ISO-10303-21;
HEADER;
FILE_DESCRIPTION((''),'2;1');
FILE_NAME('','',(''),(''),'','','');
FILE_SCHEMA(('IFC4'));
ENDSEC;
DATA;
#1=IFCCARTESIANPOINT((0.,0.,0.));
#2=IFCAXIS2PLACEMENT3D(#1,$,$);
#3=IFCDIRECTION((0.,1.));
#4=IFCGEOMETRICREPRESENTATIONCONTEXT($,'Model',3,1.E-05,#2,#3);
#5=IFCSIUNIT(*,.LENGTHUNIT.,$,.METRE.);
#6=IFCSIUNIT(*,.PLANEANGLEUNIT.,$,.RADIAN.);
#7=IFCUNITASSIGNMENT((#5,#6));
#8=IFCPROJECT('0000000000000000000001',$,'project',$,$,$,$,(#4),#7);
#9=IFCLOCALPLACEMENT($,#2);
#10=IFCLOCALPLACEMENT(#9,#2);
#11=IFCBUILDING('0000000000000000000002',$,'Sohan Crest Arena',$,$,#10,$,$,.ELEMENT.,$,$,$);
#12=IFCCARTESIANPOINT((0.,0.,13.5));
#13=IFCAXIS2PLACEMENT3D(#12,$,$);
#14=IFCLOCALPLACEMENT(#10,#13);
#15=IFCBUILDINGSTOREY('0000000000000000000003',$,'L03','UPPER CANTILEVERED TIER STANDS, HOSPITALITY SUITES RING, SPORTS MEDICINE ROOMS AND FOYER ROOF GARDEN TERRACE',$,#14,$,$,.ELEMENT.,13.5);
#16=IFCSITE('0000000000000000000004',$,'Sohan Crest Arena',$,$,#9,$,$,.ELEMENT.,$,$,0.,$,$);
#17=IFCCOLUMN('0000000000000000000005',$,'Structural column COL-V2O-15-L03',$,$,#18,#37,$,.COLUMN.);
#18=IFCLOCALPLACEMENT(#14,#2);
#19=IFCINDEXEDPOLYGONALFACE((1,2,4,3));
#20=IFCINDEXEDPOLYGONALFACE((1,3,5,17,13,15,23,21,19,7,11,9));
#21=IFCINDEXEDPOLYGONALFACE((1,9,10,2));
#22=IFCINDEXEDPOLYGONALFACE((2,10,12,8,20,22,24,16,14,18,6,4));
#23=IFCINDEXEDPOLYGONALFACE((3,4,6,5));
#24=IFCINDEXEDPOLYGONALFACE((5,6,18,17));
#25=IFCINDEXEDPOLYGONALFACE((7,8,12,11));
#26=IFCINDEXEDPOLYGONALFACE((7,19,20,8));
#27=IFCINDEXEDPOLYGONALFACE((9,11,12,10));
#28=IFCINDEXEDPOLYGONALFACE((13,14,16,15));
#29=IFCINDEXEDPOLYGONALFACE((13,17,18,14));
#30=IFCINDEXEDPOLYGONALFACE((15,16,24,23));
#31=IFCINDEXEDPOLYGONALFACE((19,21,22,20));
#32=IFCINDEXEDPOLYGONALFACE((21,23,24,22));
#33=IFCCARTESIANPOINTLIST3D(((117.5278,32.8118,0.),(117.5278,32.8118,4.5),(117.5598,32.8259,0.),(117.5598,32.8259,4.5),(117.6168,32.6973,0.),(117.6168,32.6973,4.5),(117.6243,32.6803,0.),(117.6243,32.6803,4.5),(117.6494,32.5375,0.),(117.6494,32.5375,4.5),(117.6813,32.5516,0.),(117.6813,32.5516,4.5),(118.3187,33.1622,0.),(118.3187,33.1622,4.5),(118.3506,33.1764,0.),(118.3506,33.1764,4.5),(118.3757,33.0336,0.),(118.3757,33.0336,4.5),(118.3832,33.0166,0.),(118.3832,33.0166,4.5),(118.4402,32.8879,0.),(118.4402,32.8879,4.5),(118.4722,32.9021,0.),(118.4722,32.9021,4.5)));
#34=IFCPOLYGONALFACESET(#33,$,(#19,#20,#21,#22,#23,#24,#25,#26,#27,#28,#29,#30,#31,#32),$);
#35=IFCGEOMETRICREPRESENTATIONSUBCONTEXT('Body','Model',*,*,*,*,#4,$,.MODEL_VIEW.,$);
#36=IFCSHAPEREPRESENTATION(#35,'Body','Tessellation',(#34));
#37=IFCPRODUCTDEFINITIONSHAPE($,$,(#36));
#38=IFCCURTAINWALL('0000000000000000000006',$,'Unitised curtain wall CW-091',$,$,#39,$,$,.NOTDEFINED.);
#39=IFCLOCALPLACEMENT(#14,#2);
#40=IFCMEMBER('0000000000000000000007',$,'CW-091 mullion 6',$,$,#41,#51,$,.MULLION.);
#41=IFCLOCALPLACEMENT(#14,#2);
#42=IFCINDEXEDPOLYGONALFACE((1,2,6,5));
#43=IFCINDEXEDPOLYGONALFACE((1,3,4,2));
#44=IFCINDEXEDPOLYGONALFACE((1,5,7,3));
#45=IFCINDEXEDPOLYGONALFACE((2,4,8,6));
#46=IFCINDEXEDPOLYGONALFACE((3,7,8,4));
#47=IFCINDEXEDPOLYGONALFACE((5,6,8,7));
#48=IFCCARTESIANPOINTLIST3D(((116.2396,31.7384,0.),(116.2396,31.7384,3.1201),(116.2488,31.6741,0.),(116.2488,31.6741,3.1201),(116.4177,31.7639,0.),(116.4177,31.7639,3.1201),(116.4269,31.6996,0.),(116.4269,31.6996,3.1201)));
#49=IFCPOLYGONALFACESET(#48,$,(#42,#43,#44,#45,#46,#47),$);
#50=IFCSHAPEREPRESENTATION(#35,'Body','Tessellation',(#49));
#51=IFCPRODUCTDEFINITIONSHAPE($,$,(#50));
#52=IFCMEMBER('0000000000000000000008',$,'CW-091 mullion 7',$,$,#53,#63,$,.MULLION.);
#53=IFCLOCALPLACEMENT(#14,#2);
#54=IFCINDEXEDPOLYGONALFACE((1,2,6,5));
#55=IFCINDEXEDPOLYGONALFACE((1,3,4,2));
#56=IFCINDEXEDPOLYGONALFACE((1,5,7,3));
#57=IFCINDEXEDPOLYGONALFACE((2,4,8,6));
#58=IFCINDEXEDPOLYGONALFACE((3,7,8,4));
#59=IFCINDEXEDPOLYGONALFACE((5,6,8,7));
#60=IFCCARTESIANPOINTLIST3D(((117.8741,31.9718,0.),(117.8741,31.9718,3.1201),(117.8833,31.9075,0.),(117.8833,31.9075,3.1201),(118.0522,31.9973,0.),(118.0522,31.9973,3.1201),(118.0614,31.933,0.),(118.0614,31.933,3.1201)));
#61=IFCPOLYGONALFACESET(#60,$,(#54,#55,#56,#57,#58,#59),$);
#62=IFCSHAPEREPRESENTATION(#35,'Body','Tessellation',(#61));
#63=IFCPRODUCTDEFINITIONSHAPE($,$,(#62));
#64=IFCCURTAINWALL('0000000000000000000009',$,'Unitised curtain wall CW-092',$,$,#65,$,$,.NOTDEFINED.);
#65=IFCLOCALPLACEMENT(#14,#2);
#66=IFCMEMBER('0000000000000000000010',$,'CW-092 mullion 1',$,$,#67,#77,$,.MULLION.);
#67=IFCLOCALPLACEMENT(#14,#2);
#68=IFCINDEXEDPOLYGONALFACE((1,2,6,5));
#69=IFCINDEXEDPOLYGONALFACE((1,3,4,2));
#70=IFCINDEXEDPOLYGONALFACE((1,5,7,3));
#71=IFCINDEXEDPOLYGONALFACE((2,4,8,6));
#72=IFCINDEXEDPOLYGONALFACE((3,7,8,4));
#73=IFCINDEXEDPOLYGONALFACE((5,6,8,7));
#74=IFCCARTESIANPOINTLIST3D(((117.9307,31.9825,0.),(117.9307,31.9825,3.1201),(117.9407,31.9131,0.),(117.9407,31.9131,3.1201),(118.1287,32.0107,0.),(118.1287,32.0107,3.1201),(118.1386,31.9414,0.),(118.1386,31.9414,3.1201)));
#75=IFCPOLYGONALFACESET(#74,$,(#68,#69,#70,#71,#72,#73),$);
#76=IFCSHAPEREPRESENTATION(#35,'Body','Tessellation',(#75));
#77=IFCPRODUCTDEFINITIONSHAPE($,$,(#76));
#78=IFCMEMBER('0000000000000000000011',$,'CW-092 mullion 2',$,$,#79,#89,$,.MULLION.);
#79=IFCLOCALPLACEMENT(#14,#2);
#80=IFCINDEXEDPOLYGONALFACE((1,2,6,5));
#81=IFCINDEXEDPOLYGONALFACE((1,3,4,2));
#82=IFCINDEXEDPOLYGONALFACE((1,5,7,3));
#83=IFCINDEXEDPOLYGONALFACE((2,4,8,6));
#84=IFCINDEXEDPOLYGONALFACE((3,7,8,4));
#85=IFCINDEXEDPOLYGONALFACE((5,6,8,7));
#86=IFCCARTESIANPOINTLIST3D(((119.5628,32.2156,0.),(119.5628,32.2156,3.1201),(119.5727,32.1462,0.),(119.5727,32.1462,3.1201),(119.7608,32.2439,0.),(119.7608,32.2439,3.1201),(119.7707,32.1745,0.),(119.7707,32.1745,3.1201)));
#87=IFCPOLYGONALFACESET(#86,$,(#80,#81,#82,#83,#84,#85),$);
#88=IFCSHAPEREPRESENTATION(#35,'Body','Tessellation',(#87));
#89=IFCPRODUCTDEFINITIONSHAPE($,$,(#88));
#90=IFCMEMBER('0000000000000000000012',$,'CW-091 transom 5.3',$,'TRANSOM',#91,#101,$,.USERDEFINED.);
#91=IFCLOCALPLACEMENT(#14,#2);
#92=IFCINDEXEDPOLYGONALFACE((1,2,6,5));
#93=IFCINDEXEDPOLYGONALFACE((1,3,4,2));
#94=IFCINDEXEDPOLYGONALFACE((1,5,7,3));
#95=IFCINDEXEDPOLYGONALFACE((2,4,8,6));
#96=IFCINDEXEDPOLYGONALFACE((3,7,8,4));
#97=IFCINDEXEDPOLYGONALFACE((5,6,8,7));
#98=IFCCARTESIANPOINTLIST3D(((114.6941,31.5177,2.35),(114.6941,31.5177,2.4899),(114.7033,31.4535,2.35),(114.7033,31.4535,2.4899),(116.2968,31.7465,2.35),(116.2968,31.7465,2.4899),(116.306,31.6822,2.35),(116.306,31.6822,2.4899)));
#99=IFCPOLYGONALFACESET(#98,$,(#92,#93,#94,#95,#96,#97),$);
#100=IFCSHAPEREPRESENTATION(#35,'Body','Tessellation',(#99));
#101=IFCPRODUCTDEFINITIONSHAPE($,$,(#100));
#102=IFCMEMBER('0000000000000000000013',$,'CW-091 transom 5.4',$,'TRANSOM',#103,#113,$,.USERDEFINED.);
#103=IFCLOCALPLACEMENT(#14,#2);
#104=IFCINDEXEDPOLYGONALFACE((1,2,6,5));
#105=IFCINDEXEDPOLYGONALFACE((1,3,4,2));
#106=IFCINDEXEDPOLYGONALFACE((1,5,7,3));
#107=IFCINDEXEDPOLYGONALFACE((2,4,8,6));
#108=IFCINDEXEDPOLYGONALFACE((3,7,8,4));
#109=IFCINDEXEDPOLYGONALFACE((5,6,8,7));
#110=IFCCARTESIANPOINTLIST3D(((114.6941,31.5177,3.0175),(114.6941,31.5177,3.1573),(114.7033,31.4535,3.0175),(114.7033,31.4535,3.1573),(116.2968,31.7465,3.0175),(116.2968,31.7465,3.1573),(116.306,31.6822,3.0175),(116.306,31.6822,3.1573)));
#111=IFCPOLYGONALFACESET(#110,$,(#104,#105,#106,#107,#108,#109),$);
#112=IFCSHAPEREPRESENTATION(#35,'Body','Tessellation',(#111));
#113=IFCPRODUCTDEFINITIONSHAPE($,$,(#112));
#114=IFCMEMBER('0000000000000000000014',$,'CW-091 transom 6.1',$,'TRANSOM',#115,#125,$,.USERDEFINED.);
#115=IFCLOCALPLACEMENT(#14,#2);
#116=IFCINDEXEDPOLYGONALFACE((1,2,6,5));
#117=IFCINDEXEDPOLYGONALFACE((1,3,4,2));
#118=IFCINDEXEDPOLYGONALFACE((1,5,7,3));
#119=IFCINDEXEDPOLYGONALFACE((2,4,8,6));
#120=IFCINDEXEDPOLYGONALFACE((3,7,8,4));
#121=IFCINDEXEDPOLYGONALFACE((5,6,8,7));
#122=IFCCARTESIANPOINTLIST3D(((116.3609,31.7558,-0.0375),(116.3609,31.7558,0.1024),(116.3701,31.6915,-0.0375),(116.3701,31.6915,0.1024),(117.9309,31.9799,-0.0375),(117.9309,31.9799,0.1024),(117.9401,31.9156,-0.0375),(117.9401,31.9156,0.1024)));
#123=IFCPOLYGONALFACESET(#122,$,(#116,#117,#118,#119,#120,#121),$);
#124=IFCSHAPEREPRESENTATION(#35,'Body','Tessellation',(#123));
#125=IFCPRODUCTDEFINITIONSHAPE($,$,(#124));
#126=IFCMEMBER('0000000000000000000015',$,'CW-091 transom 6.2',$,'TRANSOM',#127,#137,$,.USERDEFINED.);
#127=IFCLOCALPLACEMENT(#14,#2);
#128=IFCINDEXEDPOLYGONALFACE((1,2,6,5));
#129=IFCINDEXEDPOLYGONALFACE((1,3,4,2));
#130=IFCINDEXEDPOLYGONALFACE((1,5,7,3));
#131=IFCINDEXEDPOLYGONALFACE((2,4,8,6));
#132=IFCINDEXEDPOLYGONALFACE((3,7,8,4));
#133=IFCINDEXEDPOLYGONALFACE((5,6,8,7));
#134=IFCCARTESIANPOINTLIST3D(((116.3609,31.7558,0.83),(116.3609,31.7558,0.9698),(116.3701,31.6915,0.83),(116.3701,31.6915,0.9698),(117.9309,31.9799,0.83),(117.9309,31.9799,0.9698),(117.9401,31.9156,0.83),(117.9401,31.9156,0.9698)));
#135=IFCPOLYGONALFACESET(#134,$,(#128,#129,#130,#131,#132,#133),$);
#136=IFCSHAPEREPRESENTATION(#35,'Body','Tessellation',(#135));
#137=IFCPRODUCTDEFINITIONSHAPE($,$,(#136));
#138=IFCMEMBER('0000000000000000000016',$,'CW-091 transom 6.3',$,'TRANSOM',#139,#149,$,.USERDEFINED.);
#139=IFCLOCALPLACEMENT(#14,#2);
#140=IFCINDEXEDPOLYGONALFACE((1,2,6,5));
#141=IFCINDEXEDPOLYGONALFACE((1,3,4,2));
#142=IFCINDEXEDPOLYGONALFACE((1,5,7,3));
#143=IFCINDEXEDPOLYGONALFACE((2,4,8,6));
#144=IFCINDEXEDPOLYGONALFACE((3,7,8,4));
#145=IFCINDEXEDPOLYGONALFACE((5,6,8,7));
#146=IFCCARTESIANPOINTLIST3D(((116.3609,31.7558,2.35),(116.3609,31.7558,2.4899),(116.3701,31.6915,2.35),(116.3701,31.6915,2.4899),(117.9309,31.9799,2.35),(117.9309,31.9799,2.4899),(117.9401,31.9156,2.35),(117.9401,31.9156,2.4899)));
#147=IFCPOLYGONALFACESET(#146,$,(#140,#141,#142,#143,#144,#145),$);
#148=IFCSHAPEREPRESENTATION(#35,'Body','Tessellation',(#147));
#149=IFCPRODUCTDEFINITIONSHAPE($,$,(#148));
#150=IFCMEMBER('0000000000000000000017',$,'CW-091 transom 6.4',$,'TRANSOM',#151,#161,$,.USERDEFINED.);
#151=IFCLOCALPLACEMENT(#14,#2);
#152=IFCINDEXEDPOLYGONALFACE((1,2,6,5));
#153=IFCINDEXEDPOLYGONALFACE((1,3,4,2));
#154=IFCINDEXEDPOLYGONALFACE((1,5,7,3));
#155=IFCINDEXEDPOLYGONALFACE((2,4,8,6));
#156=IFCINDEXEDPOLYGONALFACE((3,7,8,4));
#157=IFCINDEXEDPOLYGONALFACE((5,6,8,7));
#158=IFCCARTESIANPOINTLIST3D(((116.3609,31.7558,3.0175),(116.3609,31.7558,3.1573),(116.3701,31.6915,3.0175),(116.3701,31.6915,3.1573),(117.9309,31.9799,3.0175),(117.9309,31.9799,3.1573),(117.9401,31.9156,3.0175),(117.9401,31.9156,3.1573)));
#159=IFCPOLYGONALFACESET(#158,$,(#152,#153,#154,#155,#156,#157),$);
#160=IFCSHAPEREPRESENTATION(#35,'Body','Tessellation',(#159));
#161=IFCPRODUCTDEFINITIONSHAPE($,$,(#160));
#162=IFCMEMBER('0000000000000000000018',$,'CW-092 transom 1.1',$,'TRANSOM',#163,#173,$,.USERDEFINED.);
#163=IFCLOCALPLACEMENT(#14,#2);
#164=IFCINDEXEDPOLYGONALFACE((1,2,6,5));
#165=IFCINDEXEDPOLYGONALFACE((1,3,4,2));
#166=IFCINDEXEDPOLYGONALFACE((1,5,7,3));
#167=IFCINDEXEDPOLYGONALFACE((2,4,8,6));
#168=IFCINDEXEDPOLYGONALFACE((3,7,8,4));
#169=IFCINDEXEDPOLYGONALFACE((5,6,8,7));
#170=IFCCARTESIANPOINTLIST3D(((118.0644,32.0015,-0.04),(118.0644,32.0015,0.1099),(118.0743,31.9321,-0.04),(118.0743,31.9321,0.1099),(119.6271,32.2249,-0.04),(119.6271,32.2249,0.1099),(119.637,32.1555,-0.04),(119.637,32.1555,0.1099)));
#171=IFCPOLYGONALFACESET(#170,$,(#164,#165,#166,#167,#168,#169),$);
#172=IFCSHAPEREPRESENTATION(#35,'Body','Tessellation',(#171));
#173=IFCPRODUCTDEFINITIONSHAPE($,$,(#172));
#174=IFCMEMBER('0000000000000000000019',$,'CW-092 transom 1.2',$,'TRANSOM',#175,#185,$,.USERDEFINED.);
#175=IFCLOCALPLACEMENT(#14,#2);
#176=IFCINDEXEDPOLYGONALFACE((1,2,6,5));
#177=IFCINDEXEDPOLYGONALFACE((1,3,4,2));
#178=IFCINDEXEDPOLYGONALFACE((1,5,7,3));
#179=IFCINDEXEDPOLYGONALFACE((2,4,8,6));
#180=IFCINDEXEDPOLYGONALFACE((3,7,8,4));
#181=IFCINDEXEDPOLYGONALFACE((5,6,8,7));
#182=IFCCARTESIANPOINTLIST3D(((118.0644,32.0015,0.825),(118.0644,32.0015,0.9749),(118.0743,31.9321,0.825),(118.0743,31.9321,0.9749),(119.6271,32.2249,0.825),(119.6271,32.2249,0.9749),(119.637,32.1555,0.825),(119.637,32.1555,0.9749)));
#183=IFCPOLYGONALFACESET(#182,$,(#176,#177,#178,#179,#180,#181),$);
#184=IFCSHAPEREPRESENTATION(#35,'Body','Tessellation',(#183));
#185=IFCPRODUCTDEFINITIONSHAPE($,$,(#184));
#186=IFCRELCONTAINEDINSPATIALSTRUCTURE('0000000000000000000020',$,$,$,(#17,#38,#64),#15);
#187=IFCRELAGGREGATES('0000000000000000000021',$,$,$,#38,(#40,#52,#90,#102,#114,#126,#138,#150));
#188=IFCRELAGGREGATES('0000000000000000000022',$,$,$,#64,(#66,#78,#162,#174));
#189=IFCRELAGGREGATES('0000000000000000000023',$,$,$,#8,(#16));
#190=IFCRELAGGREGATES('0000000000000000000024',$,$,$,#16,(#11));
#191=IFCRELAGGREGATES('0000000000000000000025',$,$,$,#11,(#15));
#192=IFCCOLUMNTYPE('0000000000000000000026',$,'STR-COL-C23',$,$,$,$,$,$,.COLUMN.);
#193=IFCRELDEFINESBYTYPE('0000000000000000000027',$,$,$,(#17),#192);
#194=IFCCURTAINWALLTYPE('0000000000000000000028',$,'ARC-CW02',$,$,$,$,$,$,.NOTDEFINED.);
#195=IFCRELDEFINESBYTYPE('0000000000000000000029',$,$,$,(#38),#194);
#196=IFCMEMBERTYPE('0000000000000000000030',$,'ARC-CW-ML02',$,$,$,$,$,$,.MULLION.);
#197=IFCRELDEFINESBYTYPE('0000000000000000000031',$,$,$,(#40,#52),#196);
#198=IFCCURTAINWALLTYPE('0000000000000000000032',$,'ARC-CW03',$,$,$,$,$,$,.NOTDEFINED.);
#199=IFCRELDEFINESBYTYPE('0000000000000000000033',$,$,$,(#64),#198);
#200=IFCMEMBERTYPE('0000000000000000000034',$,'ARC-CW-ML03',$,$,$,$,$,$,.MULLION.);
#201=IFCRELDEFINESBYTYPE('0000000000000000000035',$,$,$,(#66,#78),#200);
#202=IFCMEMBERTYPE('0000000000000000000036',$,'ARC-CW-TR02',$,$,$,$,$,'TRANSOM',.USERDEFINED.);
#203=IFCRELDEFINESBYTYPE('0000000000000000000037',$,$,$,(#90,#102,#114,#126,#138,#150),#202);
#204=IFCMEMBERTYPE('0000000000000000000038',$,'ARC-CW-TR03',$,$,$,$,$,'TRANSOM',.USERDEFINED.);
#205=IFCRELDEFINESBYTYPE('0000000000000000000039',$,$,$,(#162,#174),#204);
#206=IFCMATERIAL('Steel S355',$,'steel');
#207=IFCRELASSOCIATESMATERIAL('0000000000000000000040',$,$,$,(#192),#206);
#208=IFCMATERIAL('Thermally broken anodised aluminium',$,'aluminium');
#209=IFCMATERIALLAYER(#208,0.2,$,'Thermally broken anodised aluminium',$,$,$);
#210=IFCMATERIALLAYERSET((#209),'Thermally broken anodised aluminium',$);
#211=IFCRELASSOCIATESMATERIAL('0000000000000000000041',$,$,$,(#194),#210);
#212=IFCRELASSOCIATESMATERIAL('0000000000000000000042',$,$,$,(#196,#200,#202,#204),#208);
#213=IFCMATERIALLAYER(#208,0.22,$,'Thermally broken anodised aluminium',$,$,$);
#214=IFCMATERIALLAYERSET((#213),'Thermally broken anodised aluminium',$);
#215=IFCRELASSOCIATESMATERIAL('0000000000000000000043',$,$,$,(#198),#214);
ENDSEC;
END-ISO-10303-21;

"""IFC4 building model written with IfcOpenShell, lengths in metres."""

from ifc_helpers import new_model, si_unit, direction, frame, origin, origin_2d, place, context, subcontext, project, spatial, rectangle, i_section, extrude, material, layer, layer_set, material_profile, profile_set, type_object, element, aggregate, save


model = new_model("IFC4")

# Units and contexts
model_context = context("Model", 3, precision=1e-05, world=origin(), true_north=direction((0.0, 1.0)))
body_context = subcontext(model_context, "Body", "Model", "MODEL_VIEW")
ifc_project = project(units=[si_unit("LENGTHUNIT", "METRE"), si_unit("PLANEANGLEUNIT", "RADIAN")], contexts=[model_context])

# Site, building, storey
site_placement = place(None, origin())
site = spatial("IfcSite", under=ifc_project, at=site_placement, Name="Sohan Crest Arena", CompositionType="ELEMENT", RefElevation=0.0)
building_placement = place(site_placement, origin())
building = spatial("IfcBuilding", under=site, at=building_placement, Name="Sohan Crest Arena", CompositionType="ELEMENT")
storey_placement = place(building_placement, frame((0.0, 0.0, 13.5)))
storey = spatial("IfcBuildingStorey", under=building, at=storey_placement, Name="L03", Description="UPPER CANTILEVERED TIER STANDS, HOSPITALITY SUITES RING, SPORTS MEDICINE ROOMS AND FOYER ROOF GARDEN TERRACE", CompositionType="ELEMENT", Elevation=13.5)

# Column
ifc_material_1 = material(Name="Steel S355", Category="steel")
ifc_material_profile_1 = material_profile(ifc_material_1, i_section(OverallWidth=0.3, OverallDepth=0.8999, WebThickness=0.0186, FlangeThickness=0.0349, at=origin_2d()), Name="HEB 900")
ifc_profile_set_1 = profile_set([ifc_material_profile_1], Name="Steel S355")
column_type = type_object("IfcColumnType", Name="STR-COL-C23", PredefinedType="COLUMN", material=ifc_profile_set_1)
column_placement = place(storey_placement, frame((118.0, 32.8569, 0.0), z_axis=(0.0, 0.0, 1.0), x_axis=(-0.405142, 0.914254, 0.0)))
element("IfcColumn", 1, at=column_placement, inside=storey, type_object=column_type, Name="Structural column COL-V2O-15-L03", PredefinedType="COLUMN", context=body_context, shape_type="SweptSolid", body=[
    extrude(i_section(OverallWidth=0.3, OverallDepth=0.8999, WebThickness=0.0186, FlangeThickness=0.0349, at=origin_2d()), origin(), (0.0, 0.0, 1.0), 4.5),
])

# Curtain walls, members
ifc_material_2 = material(Name="Thermally broken anodised aluminium", Category="aluminium")
ifc_layer_1 = layer(ifc_material_2, 0.2, Name="Thermally broken anodised aluminium")
ifc_layer_set_1 = layer_set([ifc_layer_1], Name="Thermally broken anodised aluminium")
curtain_wall_type_1 = type_object("IfcCurtainWallType", Name="ARC-CW02", PredefinedType="NOTDEFINED", material=ifc_layer_set_1)
curtain_wall_1_placement = place(storey_placement, origin())
curtain_wall_1 = element("IfcCurtainWall", 2, at=curtain_wall_1_placement, inside=storey, type_object=curtain_wall_type_1, Name="Unitised curtain wall CW-091", PredefinedType="NOTDEFINED")
ifc_material_profile_2 = material_profile(ifc_material_2, rectangle(XDim=0.0649, YDim=0.1799, at=origin_2d()), Name="ALU-MULL 65x180")
ifc_profile_set_2 = profile_set([ifc_material_profile_2], Name="Thermally broken anodised aluminium")
member_type_1 = type_object("IfcMemberType", Name="ARC-CW-ML02", PredefinedType="MULLION", material=ifc_profile_set_2)
member_1_placement = place(storey_placement, frame((116.3333, 31.719, 0.0), z_axis=(0.0, 0.0, 1.0), x_axis=(-0.141366, 0.989957, 0.0)))
member_1 = element("IfcMember", 3, at=member_1_placement, type_object=member_type_1, Name="CW-091 mullion 6", PredefinedType="MULLION", context=body_context, shape_type="SweptSolid", body=[
    extrude(rectangle(XDim=0.0649, YDim=0.1799, at=origin_2d()), origin(), (0.0, 0.0, 1.0), 3.1201),
])
member_2_placement = place(storey_placement, frame((117.9678, 31.9524, 0.0), z_axis=(0.0, 0.0, 1.0), x_axis=(-0.141366, 0.989957, 0.0)))
member_2 = element("IfcMember", 4, at=member_2_placement, type_object=member_type_1, Name="CW-091 mullion 7", PredefinedType="MULLION", context=body_context, shape_type="SweptSolid", body=[
    extrude(rectangle(XDim=0.0649, YDim=0.1799, at=origin_2d()), origin(), (0.0, 0.0, 1.0), 3.1201),
])
ifc_layer_2 = layer(ifc_material_2, 0.22, Name="Thermally broken anodised aluminium")
ifc_layer_set_2 = layer_set([ifc_layer_2], Name="Thermally broken anodised aluminium")
curtain_wall_type_2 = type_object("IfcCurtainWallType", Name="ARC-CW03", PredefinedType="NOTDEFINED", material=ifc_layer_set_2)
curtain_wall_2_placement = place(storey_placement, origin())
curtain_wall_2 = element("IfcCurtainWall", 5, at=curtain_wall_2_placement, inside=storey, type_object=curtain_wall_type_2, Name="Unitised curtain wall CW-092", PredefinedType="NOTDEFINED")
ifc_material_profile_3 = material_profile(ifc_material_2, rectangle(XDim=0.0701, YDim=0.2, at=origin_2d()), Name="ALU-MULL 70x200")
ifc_profile_set_3 = profile_set([ifc_material_profile_3], Name="Thermally broken anodised aluminium")
member_type_2 = type_object("IfcMemberType", Name="ARC-CW-ML03", PredefinedType="MULLION", material=ifc_profile_set_3)
member_3_placement = place(storey_placement, frame((118.0347, 31.9619, 0.0), z_axis=(0.0, 0.0, 1.0), x_axis=(-0.141463, 0.989944, 0.0)))
member_3 = element("IfcMember", 6, at=member_3_placement, type_object=member_type_2, Name="CW-092 mullion 1", PredefinedType="MULLION", context=body_context, shape_type="SweptSolid", body=[
    extrude(rectangle(XDim=0.0701, YDim=0.2, at=origin_2d()), origin(), (0.0, 0.0, 1.0), 3.1201),
])
member_4_placement = place(storey_placement, frame((119.6667, 32.1951, 0.0), z_axis=(0.0, 0.0, 1.0), x_axis=(-0.141463, 0.989944, 0.0)))
member_4 = element("IfcMember", 7, at=member_4_placement, type_object=member_type_2, Name="CW-092 mullion 2", PredefinedType="MULLION", context=body_context, shape_type="SweptSolid", body=[
    extrude(rectangle(XDim=0.0701, YDim=0.2, at=origin_2d()), origin(), (0.0, 0.0, 1.0), 3.1201),
])

# Members
ifc_material_profile_4 = material_profile(ifc_material_2, rectangle(XDim=0.0649, YDim=0.1399, at=origin_2d()), Name="ALU-TRAN 65x140")
ifc_profile_set_4 = profile_set([ifc_material_profile_4], Name="Thermally broken anodised aluminium")
member_type_3 = type_object("IfcMemberType", Name="ARC-CW-TR02", ElementType="TRANSOM", PredefinedType="USERDEFINED", material=ifc_profile_set_4)
member_5_placement = place(storey_placement, frame((114.6987, 31.4856, 2.4199), z_axis=(0.989965, 0.141316, 0.0), x_axis=(-0.141316, 0.989965, 0.0)))
member_5 = element("IfcMember", 8, at=member_5_placement, type_object=member_type_3, Name="CW-091 transom 5.3", ObjectType="TRANSOM", PredefinedType="USERDEFINED", context=body_context, shape_type="SweptSolid", body=[
    extrude(rectangle(XDim=0.0649, YDim=0.1399, at=origin_2d()), origin(), (0.0, 0.0, 1.0), 1.6189),
])
member_6_placement = place(storey_placement, frame((114.6987, 31.4856, 3.0874), z_axis=(0.989965, 0.141316, 0.0), x_axis=(-0.141316, 0.989965, 0.0)))
member_6 = element("IfcMember", 9, at=member_6_placement, type_object=member_type_3, Name="CW-091 transom 5.4", ObjectType="TRANSOM", PredefinedType="USERDEFINED", context=body_context, shape_type="SweptSolid", body=[
    extrude(rectangle(XDim=0.0649, YDim=0.1399, at=origin_2d()), origin(), (0.0, 0.0, 1.0), 1.6189),
])
member_7_placement = place(storey_placement, frame((116.3655, 31.7236, 0.0325), z_axis=(0.989965, 0.141314, 0.0), x_axis=(-0.141314, 0.989965, 0.0)))
member_7 = element("IfcMember", 10, at=member_7_placement, type_object=member_type_3, Name="CW-091 transom 6.1", ObjectType="TRANSOM", PredefinedType="USERDEFINED", context=body_context, shape_type="SweptSolid", body=[
    extrude(rectangle(XDim=0.0649, YDim=0.1399, at=origin_2d()), origin(), (0.0, 0.0, 1.0), 1.5859),
])
member_8_placement = place(storey_placement, frame((116.3655, 31.7236, 0.8999), z_axis=(0.989965, 0.141314, 0.0), x_axis=(-0.141314, 0.989965, 0.0)))
member_8 = element("IfcMember", 11, at=member_8_placement, type_object=member_type_3, Name="CW-091 transom 6.2", ObjectType="TRANSOM", PredefinedType="USERDEFINED", context=body_context, shape_type="SweptSolid", body=[
    extrude(rectangle(XDim=0.0649, YDim=0.1399, at=origin_2d()), origin(), (0.0, 0.0, 1.0), 1.5859),
])
member_9_placement = place(storey_placement, frame((116.3655, 31.7236, 2.4199), z_axis=(0.989965, 0.141314, 0.0), x_axis=(-0.141314, 0.989965, 0.0)))
member_9 = element("IfcMember", 12, at=member_9_placement, type_object=member_type_3, Name="CW-091 transom 6.3", ObjectType="TRANSOM", PredefinedType="USERDEFINED", context=body_context, shape_type="SweptSolid", body=[
    extrude(rectangle(XDim=0.0649, YDim=0.1399, at=origin_2d()), origin(), (0.0, 0.0, 1.0), 1.5859),
])
member_10_placement = place(storey_placement, frame((116.3655, 31.7236, 3.0874), z_axis=(0.989965, 0.141314, 0.0), x_axis=(-0.141314, 0.989965, 0.0)))
member_10 = element("IfcMember", 13, at=member_10_placement, type_object=member_type_3, Name="CW-091 transom 6.4", ObjectType="TRANSOM", PredefinedType="USERDEFINED", context=body_context, shape_type="SweptSolid", body=[
    extrude(rectangle(XDim=0.0649, YDim=0.1399, at=origin_2d()), origin(), (0.0, 0.0, 1.0), 1.5859),
])
ifc_material_profile_5 = material_profile(ifc_material_2, rectangle(XDim=0.0701, YDim=0.1499, at=origin_2d()), Name="ALU-TRAN 70x150")
ifc_profile_set_5 = profile_set([ifc_material_profile_5], Name="Thermally broken anodised aluminium")
member_type_4 = type_object("IfcMemberType", Name="ARC-CW-TR03", ElementType="TRANSOM", PredefinedType="USERDEFINED", material=ifc_profile_set_5)
member_11_placement = place(storey_placement, frame((118.0693, 31.9668, 0.0349), z_axis=(0.989937, 0.141508, 0.0), x_axis=(-0.141508, 0.989937, 0.0)))
member_11 = element("IfcMember", 14, at=member_11_placement, type_object=member_type_4, Name="CW-092 transom 1.1", ObjectType="TRANSOM", PredefinedType="USERDEFINED", context=body_context, shape_type="SweptSolid", body=[
    extrude(rectangle(XDim=0.0701, YDim=0.1499, at=origin_2d()), origin(), (0.0, 0.0, 1.0), 1.5786),
])
member_12_placement = place(storey_placement, frame((118.0693, 31.9668, 0.8999), z_axis=(0.989937, 0.141508, 0.0), x_axis=(-0.141508, 0.989937, 0.0)))
member_12 = element("IfcMember", 15, at=member_12_placement, type_object=member_type_4, Name="CW-092 transom 1.2", ObjectType="TRANSOM", PredefinedType="USERDEFINED", context=body_context, shape_type="SweptSolid", body=[
    extrude(rectangle(XDim=0.0701, YDim=0.1499, at=origin_2d()), origin(), (0.0, 0.0, 1.0), 1.5786),
])

aggregate(curtain_wall_1, [member_1, member_2, member_5, member_6, member_7, member_8, member_9, member_10])
aggregate(curtain_wall_2, [member_3, member_4, member_11, member_12])

save(model, "model.ifc")
